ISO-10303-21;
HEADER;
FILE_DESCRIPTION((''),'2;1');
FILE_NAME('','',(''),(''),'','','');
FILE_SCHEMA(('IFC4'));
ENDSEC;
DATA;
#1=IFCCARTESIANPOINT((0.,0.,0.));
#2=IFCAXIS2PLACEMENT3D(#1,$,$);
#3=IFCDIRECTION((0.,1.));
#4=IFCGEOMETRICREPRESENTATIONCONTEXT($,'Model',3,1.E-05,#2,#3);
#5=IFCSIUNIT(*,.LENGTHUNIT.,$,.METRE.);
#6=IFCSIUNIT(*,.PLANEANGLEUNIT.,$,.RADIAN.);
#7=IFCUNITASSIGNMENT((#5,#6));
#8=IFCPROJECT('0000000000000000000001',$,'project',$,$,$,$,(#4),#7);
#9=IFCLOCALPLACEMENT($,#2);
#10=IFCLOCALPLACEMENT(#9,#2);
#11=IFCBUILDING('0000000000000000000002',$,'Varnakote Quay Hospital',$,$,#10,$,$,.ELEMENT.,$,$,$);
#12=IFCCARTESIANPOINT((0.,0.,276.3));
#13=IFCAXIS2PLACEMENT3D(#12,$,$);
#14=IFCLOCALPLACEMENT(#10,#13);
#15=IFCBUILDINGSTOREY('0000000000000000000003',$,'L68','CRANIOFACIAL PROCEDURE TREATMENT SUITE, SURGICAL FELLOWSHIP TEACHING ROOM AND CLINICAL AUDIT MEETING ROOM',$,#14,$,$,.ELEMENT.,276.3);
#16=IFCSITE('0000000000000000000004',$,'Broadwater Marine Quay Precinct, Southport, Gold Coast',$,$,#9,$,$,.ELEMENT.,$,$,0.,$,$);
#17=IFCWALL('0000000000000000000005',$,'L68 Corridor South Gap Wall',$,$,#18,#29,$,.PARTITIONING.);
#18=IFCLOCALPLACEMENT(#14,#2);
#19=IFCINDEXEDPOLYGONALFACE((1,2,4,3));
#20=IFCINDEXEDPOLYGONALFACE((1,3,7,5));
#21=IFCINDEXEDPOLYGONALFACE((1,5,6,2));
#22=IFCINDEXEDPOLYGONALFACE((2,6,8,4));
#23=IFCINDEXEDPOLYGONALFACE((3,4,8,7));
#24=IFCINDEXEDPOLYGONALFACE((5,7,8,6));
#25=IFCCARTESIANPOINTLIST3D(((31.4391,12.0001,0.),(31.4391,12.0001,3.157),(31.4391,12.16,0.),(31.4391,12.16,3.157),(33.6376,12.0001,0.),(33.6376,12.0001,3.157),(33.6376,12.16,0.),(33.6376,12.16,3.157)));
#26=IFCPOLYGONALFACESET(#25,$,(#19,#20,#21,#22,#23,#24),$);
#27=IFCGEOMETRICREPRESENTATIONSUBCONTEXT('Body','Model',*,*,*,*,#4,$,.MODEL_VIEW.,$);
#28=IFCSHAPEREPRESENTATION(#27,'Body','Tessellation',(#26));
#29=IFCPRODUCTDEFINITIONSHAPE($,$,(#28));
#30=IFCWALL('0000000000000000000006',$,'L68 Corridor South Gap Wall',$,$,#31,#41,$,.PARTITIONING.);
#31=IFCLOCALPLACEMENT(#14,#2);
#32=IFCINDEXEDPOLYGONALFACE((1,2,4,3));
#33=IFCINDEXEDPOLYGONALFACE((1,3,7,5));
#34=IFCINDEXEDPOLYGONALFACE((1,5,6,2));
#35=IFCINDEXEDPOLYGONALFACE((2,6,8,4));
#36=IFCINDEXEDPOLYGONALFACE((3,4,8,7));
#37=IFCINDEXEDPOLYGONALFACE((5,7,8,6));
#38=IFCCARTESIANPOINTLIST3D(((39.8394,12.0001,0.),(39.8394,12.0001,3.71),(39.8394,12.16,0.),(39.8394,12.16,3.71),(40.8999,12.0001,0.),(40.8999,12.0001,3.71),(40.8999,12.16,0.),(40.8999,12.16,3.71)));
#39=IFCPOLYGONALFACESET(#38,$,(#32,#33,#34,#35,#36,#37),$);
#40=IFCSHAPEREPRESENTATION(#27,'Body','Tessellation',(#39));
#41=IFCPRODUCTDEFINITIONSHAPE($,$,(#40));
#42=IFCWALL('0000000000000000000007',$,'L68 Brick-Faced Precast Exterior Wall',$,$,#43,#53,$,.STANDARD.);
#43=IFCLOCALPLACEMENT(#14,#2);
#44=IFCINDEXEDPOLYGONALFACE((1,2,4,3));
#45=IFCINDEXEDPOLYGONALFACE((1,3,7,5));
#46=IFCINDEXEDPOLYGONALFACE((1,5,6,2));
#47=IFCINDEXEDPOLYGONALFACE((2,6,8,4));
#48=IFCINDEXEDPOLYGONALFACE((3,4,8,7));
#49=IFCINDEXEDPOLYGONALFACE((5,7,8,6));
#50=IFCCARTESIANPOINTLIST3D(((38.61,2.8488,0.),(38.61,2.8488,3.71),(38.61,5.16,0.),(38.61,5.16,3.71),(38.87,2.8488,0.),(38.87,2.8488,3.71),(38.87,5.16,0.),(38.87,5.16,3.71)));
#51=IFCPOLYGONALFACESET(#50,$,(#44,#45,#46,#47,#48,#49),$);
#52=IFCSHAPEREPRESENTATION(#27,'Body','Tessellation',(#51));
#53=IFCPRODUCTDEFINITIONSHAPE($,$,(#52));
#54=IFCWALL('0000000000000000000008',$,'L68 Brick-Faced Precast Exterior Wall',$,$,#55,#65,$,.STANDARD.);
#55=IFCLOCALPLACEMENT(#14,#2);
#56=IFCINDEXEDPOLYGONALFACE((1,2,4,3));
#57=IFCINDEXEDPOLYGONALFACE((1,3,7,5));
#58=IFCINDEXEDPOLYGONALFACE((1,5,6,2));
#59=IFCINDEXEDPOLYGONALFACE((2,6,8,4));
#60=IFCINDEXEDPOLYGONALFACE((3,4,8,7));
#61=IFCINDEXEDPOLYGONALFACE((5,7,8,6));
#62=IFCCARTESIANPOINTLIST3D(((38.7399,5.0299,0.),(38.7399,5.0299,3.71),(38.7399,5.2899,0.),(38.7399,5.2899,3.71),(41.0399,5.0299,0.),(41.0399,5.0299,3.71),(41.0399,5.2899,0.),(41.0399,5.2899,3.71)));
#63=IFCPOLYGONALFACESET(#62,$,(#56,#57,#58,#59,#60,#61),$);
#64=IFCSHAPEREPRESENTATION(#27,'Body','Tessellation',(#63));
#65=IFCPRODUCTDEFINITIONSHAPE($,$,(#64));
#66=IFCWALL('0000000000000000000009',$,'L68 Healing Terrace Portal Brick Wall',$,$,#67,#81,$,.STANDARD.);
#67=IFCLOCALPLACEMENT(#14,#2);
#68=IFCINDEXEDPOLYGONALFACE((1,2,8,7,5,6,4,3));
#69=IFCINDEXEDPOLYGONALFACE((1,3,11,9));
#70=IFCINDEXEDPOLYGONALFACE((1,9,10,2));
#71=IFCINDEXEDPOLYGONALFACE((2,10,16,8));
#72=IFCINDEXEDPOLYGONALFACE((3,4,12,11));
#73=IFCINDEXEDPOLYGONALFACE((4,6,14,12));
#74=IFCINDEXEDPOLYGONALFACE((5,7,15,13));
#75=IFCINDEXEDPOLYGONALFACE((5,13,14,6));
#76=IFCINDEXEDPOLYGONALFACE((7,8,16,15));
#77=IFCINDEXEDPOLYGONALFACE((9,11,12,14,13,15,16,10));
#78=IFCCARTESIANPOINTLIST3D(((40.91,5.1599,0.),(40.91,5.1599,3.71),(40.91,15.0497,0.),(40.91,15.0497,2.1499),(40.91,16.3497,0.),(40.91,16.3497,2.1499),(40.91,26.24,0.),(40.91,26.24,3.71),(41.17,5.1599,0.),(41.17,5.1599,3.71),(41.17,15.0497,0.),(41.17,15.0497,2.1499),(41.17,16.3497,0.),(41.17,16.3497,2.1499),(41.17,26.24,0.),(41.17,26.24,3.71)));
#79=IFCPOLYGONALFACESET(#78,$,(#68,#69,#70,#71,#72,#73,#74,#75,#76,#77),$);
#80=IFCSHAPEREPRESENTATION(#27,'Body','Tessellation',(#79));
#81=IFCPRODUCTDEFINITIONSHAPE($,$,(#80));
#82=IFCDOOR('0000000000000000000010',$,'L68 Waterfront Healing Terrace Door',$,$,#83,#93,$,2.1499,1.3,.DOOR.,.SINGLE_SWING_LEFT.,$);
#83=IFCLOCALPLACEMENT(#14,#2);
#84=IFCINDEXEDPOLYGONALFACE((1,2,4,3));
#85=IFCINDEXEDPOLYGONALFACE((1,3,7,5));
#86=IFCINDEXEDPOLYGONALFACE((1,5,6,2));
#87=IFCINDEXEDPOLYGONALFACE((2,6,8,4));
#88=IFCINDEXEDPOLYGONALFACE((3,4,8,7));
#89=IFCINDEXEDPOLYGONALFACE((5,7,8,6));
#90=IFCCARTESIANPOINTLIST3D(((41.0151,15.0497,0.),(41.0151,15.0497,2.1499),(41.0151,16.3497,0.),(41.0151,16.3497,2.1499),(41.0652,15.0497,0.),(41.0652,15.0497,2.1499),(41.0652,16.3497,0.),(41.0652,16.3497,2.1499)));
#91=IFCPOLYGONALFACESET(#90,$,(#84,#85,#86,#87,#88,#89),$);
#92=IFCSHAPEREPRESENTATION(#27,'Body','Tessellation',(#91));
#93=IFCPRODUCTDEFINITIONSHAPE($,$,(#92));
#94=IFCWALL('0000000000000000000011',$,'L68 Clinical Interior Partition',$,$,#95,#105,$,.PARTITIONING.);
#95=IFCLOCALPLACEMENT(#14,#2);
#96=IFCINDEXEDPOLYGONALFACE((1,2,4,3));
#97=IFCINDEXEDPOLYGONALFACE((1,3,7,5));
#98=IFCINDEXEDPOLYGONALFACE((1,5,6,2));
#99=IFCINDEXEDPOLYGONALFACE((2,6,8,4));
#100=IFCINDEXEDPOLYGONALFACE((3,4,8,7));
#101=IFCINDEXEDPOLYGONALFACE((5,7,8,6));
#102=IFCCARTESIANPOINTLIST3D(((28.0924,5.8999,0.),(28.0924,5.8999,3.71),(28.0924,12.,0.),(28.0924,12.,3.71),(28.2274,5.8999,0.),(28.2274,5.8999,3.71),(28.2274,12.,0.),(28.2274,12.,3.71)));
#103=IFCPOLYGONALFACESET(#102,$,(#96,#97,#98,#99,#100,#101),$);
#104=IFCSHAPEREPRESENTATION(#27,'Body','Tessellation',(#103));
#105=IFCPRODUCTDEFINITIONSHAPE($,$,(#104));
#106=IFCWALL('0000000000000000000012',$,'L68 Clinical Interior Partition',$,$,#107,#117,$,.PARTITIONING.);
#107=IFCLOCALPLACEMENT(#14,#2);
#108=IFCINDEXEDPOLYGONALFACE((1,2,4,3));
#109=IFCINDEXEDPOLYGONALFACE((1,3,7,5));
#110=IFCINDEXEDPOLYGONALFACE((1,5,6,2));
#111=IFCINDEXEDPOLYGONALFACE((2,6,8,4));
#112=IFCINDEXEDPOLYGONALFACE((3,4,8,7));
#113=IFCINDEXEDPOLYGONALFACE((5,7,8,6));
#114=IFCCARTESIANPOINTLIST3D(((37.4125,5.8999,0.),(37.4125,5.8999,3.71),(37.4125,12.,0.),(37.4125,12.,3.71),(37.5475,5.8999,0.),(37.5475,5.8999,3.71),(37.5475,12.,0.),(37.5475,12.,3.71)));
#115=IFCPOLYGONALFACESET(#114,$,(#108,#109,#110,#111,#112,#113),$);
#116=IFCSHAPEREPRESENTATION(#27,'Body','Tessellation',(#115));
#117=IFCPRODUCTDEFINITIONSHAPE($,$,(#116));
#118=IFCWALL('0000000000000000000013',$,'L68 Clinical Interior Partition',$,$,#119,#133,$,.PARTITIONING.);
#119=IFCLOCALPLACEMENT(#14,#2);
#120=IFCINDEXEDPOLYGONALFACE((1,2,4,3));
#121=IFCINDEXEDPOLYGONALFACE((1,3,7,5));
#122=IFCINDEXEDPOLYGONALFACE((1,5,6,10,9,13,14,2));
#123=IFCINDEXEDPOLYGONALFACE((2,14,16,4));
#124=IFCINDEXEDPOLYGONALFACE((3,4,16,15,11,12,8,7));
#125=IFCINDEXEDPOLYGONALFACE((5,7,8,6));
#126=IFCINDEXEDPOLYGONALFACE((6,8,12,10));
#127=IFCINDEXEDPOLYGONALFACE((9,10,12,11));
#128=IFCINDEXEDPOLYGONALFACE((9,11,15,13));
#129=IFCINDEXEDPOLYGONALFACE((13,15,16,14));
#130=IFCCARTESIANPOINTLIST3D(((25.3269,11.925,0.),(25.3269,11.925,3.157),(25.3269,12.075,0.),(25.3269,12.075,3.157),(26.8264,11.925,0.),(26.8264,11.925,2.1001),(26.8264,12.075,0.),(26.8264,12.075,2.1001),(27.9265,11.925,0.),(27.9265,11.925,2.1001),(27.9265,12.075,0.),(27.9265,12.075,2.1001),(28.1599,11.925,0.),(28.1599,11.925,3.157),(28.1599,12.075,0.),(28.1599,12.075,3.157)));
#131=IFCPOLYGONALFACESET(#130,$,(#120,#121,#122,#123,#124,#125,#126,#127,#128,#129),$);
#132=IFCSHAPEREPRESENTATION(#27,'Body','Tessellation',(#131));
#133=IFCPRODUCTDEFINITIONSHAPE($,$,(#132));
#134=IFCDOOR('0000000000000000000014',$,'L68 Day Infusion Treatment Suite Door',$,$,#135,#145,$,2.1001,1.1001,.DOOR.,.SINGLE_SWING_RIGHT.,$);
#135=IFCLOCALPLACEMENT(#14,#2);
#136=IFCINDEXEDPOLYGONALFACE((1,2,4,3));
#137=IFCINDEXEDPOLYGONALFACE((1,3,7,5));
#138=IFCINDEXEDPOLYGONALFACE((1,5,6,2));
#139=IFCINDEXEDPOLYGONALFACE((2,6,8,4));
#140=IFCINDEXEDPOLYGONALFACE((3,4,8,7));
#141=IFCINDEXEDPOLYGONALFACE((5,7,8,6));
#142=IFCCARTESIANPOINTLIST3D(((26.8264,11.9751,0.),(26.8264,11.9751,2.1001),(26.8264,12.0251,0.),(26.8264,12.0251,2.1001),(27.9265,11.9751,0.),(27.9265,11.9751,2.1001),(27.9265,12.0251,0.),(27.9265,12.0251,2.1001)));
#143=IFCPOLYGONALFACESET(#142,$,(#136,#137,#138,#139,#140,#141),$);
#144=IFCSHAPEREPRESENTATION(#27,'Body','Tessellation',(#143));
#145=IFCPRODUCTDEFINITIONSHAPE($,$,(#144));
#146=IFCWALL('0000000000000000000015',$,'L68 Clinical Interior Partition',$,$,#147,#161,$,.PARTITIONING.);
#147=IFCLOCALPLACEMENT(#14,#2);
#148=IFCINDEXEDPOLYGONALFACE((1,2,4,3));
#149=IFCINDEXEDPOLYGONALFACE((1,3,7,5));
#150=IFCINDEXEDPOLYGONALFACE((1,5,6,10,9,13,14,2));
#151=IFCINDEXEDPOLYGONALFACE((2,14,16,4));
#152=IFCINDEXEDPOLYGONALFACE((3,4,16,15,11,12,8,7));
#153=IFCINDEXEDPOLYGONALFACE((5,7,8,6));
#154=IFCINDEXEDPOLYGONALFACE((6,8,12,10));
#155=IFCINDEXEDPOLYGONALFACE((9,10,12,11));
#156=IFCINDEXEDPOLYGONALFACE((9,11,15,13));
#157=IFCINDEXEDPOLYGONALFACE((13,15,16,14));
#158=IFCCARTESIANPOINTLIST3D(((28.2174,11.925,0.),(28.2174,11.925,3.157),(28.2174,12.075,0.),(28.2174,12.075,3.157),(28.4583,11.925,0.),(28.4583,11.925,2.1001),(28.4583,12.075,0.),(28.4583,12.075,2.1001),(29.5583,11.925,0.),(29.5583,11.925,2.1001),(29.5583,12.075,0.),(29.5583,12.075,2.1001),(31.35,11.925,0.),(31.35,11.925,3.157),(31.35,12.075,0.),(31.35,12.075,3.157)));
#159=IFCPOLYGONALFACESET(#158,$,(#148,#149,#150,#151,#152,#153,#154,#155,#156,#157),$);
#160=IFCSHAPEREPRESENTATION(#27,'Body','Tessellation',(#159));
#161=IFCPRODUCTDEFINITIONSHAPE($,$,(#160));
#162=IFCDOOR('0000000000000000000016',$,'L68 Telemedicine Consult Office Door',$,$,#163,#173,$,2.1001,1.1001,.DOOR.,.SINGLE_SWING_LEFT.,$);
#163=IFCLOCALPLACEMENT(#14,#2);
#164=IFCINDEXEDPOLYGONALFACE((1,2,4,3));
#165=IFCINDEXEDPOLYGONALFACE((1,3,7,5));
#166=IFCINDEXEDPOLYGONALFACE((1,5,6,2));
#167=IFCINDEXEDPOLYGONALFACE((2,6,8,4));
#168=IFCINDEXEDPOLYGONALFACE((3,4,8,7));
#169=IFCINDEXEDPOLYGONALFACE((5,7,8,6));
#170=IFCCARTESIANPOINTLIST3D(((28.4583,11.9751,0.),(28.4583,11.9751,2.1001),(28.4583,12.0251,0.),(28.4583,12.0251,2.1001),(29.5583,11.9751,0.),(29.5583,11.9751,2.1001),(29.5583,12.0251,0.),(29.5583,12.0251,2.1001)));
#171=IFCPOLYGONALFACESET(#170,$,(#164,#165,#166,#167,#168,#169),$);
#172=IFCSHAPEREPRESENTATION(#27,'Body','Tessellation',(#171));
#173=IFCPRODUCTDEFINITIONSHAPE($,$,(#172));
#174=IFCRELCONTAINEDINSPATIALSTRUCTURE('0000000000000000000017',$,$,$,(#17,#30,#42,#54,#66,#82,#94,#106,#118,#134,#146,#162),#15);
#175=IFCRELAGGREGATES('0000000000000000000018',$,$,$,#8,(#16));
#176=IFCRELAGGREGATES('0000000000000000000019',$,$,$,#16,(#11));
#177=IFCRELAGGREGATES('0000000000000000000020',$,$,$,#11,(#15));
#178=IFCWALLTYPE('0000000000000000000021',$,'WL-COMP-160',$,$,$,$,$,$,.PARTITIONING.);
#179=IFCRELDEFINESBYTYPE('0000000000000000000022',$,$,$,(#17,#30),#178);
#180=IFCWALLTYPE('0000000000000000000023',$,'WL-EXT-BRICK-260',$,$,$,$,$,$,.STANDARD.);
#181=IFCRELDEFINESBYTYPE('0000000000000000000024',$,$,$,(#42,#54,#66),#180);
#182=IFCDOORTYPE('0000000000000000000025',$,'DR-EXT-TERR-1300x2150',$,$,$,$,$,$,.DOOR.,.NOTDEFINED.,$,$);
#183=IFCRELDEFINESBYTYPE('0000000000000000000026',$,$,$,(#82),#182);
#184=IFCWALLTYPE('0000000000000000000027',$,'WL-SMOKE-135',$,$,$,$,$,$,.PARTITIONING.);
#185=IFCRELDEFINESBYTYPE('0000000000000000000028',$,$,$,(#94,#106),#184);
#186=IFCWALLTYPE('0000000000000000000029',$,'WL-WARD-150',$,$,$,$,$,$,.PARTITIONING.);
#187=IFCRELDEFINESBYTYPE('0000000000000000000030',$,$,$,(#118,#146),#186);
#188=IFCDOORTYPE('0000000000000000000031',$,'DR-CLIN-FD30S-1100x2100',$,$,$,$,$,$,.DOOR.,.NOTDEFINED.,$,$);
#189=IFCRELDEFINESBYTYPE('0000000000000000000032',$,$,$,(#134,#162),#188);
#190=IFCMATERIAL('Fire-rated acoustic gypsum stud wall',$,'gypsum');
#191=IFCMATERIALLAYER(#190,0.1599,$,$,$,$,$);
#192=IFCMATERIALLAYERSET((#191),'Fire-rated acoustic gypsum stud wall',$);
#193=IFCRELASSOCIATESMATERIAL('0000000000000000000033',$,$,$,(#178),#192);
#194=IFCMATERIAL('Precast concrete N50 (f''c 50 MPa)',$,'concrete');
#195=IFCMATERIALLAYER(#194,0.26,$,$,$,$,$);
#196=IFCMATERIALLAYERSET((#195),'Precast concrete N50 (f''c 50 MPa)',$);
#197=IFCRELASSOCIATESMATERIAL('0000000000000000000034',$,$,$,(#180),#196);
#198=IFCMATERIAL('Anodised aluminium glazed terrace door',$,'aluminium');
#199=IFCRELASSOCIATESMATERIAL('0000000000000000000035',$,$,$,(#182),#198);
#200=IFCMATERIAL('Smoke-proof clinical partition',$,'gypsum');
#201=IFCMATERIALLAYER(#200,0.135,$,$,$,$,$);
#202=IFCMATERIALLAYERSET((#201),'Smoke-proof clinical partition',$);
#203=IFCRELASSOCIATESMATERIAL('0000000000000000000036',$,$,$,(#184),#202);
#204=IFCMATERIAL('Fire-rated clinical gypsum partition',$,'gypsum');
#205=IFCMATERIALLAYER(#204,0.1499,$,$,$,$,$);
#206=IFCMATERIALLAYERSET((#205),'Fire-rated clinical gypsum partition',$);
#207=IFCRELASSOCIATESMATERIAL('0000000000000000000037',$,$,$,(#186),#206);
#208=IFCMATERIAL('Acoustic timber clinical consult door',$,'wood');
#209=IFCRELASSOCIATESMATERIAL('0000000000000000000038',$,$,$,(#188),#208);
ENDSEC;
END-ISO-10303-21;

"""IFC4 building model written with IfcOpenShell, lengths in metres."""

from ifc_helpers import new_model, si_unit, direction, frame, frame_2d, origin, place, context, subcontext, project, spatial, rectangle, extrude, material, layer, layer_set, type_object, element, fill, save


model = new_model("IFC4")

# Units and contexts
model_context = context("Model", 3, precision=1e-05, world=origin(), true_north=direction((0.0, 1.0)))
body_context = subcontext(model_context, "Body", "Model", "MODEL_VIEW")
ifc_project = project(units=[si_unit("LENGTHUNIT", "METRE"), si_unit("PLANEANGLEUNIT", "RADIAN")], contexts=[model_context])

# Site, building, storey
site_placement = place(None, origin())
site = spatial("IfcSite", under=ifc_project, at=site_placement, Name="Broadwater Marine Quay Precinct, Southport, Gold Coast", CompositionType="ELEMENT", RefElevation=0.0)
building_placement = place(site_placement, origin())
building = spatial("IfcBuilding", under=site, at=building_placement, Name="Varnakote Quay Hospital", CompositionType="ELEMENT")
storey_placement = place(building_placement, frame((0.0, 0.0, 276.3)))
storey = spatial("IfcBuildingStorey", under=building, at=storey_placement, Name="L68", Description="CRANIOFACIAL PROCEDURE TREATMENT SUITE, SURGICAL FELLOWSHIP TEACHING ROOM AND CLINICAL AUDIT MEETING ROOM", CompositionType="ELEMENT", Elevation=276.3)

# Walls
ifc_material_1 = material(Name="Fire-rated acoustic gypsum stud wall", Category="gypsum")
ifc_layer_1 = layer(ifc_material_1, 0.1599)
ifc_layer_set_1 = layer_set([ifc_layer_1], Name="Fire-rated acoustic gypsum stud wall")
wall_type_1 = type_object("IfcWallType", Name="WL-COMP-160", PredefinedType="PARTITIONING", material=ifc_layer_set_1)
wall_1_placement = place(storey_placement, frame((31.4392, 12.0801, 0.0), z_axis=(0.0, 0.0, 1.0), x_axis=(1.0, 0.0, 0.0)))
element("IfcWall", 1, at=wall_1_placement, inside=storey, type_object=wall_type_1, Name="L68 Corridor South Gap Wall", PredefinedType="PARTITIONING", context=body_context, shape_type="SweptSolid", body=[
    extrude(rectangle(XDim=2.1985, YDim=0.1599, at=frame_2d((1.0991, 0.0))), origin(), (0.0, 0.0, 1.0), 3.157),
])
wall_2_placement = place(storey_placement, frame((39.8394, 12.0801, 0.0), z_axis=(0.0, 0.0, 1.0), x_axis=(1.0, 0.0, 0.0)))
element("IfcWall", 2, at=wall_2_placement, inside=storey, type_object=wall_type_1, Name="L68 Corridor South Gap Wall", PredefinedType="PARTITIONING", context=body_context, shape_type="SweptSolid", body=[
    extrude(rectangle(XDim=1.0605, YDim=0.1599, at=frame_2d((0.5303, 0.0))), origin(), (0.0, 0.0, 1.0), 3.71),
])
ifc_material_2 = material(Name="Precast concrete N50 (f'c 50 MPa)", Category="concrete")
ifc_layer_2 = layer(ifc_material_2, 0.26)
ifc_layer_set_2 = layer_set([ifc_layer_2], Name="Precast concrete N50 (f'c 50 MPa)")
wall_type_2 = type_object("IfcWallType", Name="WL-EXT-BRICK-260", PredefinedType="STANDARD", material=ifc_layer_set_2)
wall_3_placement = place(storey_placement, frame((38.74, 2.8486, 0.0), z_axis=(0.0, 0.0, 1.0), x_axis=(0.0, 1.0, 0.0)))
element("IfcWall", 3, at=wall_3_placement, inside=storey, type_object=wall_type_2, Name="L68 Brick-Faced Precast Exterior Wall", PredefinedType="STANDARD", context=body_context, shape_type="SweptSolid", body=[
    extrude(rectangle(XDim=2.3113, YDim=0.26, at=frame_2d((1.1558, 0.0))), origin(), (0.0, 0.0, 1.0), 3.71),
])
wall_4_placement = place(storey_placement, frame((38.74, 5.1599, 0.0), z_axis=(0.0, 0.0, 1.0), x_axis=(1.0, 0.0, 0.0)))
element("IfcWall", 4, at=wall_4_placement, inside=storey, type_object=wall_type_2, Name="L68 Brick-Faced Precast Exterior Wall", PredefinedType="STANDARD", context=body_context, shape_type="SweptSolid", body=[
    extrude(rectangle(XDim=2.3, YDim=0.26, at=frame_2d((1.1499, 0.0))), origin(), (0.0, 0.0, 1.0), 3.71),
])

# Wall, opening, door
wall_5_placement = place(storey_placement, frame((41.04, 5.1599, 0.0), z_axis=(0.0, 0.0, 1.0), x_axis=(0.0, 1.0, 0.0)))
wall_5 = element("IfcWall", 5, at=wall_5_placement, inside=storey, type_object=wall_type_2, Name="L68 Healing Terrace Portal Brick Wall", PredefinedType="STANDARD", context=body_context, shape_type="SweptSolid", body=[
    extrude(rectangle(XDim=21.0801, YDim=0.26, at=frame_2d((10.54, 0.0))), origin(), (0.0, 0.0, 1.0), 3.71),
])
opening_1_placement = place(wall_5_placement, frame((9.8899, 0.0, 0.0)))
opening_1 = element("IfcOpeningElement", 6, at=opening_1_placement, cuts=wall_5, PredefinedType="OPENING", context=body_context, shape_type="SweptSolid", body=[
    extrude(rectangle(XDim=1.3, YDim=2.1499, at=frame_2d((0.6499, 1.075))), frame((0.0, 0.1399, 0.0), z_axis=(0.0, -1.0, 0.0), x_axis=(1.0, 0.0, 0.0)), (0.0, 0.0, 1.0), 0.28),
])
ifc_material_3 = material(Name="Anodised aluminium glazed terrace door", Category="aluminium")
door_type_1 = type_object("IfcDoorType", Name="DR-EXT-TERR-1300x2150", OperationType="NOTDEFINED", PredefinedType="DOOR", material=ifc_material_3)
door_1_placement = place(opening_1_placement, origin())
door_1 = element("IfcDoor", 7, at=door_1_placement, inside=storey, type_object=door_type_1, Name="L68 Waterfront Healing Terrace Door", OperationType="SINGLE_SWING_LEFT", OverallHeight=2.1499, OverallWidth=1.3, PredefinedType="DOOR", context=body_context, shape_type="SweptSolid", body=[
    extrude(rectangle(XDim=1.3, YDim=2.1499, at=frame_2d((0.6499, 1.075))), frame((0.0, 0.0249, 0.0), z_axis=(0.0, -1.0, 0.0), x_axis=(1.0, 0.0, 0.0)), (0.0, 0.0, 1.0), 0.05),
])
fill(opening_1, door_1)

# Walls
ifc_material_4 = material(Name="Smoke-proof clinical partition", Category="gypsum")
ifc_layer_3 = layer(ifc_material_4, 0.135)
ifc_layer_set_3 = layer_set([ifc_layer_3], Name="Smoke-proof clinical partition")
wall_type_3 = type_object("IfcWallType", Name="WL-SMOKE-135", PredefinedType="PARTITIONING", material=ifc_layer_set_3)
for number, where, z_axis, x_axis, name in (
    (8, (28.1599, 5.8999, 0.0), (0.0, 0.0, 1.0), (0.0, 1.0, 0.0), "L68 Clinical Interior Partition"),
    (9, (37.48, 5.8999, 0.0), (0.0, 0.0, 1.0), (0.0, 1.0, 0.0), "L68 Clinical Interior Partition"),
):
    element("IfcWall", number, at=place(storey_placement, frame(where, z_axis=z_axis, x_axis=x_axis)), inside=storey, type_object=wall_type_3, Name=name, PredefinedType="PARTITIONING", context=body_context, shape_type="SweptSolid", body=[
        extrude(rectangle(XDim=6.1001, YDim=0.135, at=frame_2d((3.05, 0.0))), origin(), (0.0, 0.0, 1.0), 3.71),
    ])

# Walls, openings, doors
ifc_material_5 = material(Name="Fire-rated clinical gypsum partition", Category="gypsum")
ifc_layer_4 = layer(ifc_material_5, 0.1499)
ifc_layer_set_4 = layer_set([ifc_layer_4], Name="Fire-rated clinical gypsum partition")
wall_type_4 = type_object("IfcWallType", Name="WL-WARD-150", PredefinedType="PARTITIONING", material=ifc_layer_set_4)
wall_6_placement = place(storey_placement, frame((28.1599, 12.0, 0.0), z_axis=(0.0, 0.0, 1.0), x_axis=(-1.0, 0.0, 0.0)))
wall_6 = element("IfcWall", 10, at=wall_6_placement, inside=storey, type_object=wall_type_4, Name="L68 Clinical Interior Partition", PredefinedType="PARTITIONING", context=body_context, shape_type="SweptSolid", body=[
    extrude(rectangle(XDim=2.833, YDim=0.1499, at=frame_2d((1.4165, 0.0))), origin(), (0.0, 0.0, 1.0), 3.157),
])
opening_2_placement = place(wall_6_placement, frame((0.2334, 0.0, 0.0)))
opening_2 = element("IfcOpeningElement", 11, at=opening_2_placement, cuts=wall_6, PredefinedType="OPENING", context=body_context, shape_type="SweptSolid", body=[
    extrude(rectangle(XDim=1.1001, YDim=2.1001, at=frame_2d((0.55, 1.05))), frame((0.0, 0.085, 0.0), z_axis=(0.0, -1.0, 0.0), x_axis=(1.0, 0.0, 0.0)), (0.0, 0.0, 1.0), 0.1699),
])
ifc_material_6 = material(Name="Acoustic timber clinical consult door", Category="wood")
door_type_2 = type_object("IfcDoorType", Name="DR-CLIN-FD30S-1100x2100", OperationType="NOTDEFINED", PredefinedType="DOOR", material=ifc_material_6)
door_2_placement = place(opening_2_placement, origin())
door_2 = element("IfcDoor", 12, at=door_2_placement, inside=storey, type_object=door_type_2, Name="L68 Day Infusion Treatment Suite Door", OperationType="SINGLE_SWING_RIGHT", OverallHeight=2.1001, OverallWidth=1.1001, PredefinedType="DOOR", context=body_context, shape_type="SweptSolid", body=[
    extrude(rectangle(XDim=1.1001, YDim=2.1001, at=frame_2d((0.55, 1.05))), frame((0.0, 0.0249, 0.0), z_axis=(0.0, -1.0, 0.0), x_axis=(1.0, 0.0, 0.0)), (0.0, 0.0, 1.0), 0.05),
])
fill(opening_2, door_2)
wall_7_placement = place(storey_placement, frame((31.3501, 12.0, 0.0), z_axis=(0.0, 0.0, 1.0), x_axis=(-1.0, 0.0, 0.0)))
wall_7 = element("IfcWall", 13, at=wall_7_placement, inside=storey, type_object=wall_type_4, Name="L68 Clinical Interior Partition", PredefinedType="PARTITIONING", context=body_context, shape_type="SweptSolid", body=[
    extrude(rectangle(XDim=3.1326, YDim=0.1499, at=frame_2d((1.5664, 0.0))), origin(), (0.0, 0.0, 1.0), 3.157),
])
opening_3_placement = place(wall_7_placement, frame((1.7917, 0.0, 0.0)))
opening_3 = element("IfcOpeningElement", 14, at=opening_3_placement, cuts=wall_7, PredefinedType="OPENING", context=body_context, shape_type="SweptSolid", body=[
    extrude(rectangle(XDim=1.1001, YDim=2.1001, at=frame_2d((0.55, 1.05))), frame((0.0, 0.085, 0.0), z_axis=(0.0, -1.0, 0.0), x_axis=(1.0, 0.0, 0.0)), (0.0, 0.0, 1.0), 0.1699),
])
door_3_placement = place(opening_3_placement, origin())
door_3 = element("IfcDoor", 15, at=door_3_placement, inside=storey, type_object=door_type_2, Name="L68 Telemedicine Consult Office Door", OperationType="SINGLE_SWING_LEFT", OverallHeight=2.1001, OverallWidth=1.1001, PredefinedType="DOOR", context=body_context, shape_type="SweptSolid", body=[
    extrude(rectangle(XDim=1.1001, YDim=2.1001, at=frame_2d((0.55, 1.05))), frame((0.0, 0.0249, 0.0), z_axis=(0.0, -1.0, 0.0), x_axis=(1.0, 0.0, 0.0)), (0.0, 0.0, 1.0), 0.05),
])
fill(opening_3, door_3)

save(model, "model.ifc")
